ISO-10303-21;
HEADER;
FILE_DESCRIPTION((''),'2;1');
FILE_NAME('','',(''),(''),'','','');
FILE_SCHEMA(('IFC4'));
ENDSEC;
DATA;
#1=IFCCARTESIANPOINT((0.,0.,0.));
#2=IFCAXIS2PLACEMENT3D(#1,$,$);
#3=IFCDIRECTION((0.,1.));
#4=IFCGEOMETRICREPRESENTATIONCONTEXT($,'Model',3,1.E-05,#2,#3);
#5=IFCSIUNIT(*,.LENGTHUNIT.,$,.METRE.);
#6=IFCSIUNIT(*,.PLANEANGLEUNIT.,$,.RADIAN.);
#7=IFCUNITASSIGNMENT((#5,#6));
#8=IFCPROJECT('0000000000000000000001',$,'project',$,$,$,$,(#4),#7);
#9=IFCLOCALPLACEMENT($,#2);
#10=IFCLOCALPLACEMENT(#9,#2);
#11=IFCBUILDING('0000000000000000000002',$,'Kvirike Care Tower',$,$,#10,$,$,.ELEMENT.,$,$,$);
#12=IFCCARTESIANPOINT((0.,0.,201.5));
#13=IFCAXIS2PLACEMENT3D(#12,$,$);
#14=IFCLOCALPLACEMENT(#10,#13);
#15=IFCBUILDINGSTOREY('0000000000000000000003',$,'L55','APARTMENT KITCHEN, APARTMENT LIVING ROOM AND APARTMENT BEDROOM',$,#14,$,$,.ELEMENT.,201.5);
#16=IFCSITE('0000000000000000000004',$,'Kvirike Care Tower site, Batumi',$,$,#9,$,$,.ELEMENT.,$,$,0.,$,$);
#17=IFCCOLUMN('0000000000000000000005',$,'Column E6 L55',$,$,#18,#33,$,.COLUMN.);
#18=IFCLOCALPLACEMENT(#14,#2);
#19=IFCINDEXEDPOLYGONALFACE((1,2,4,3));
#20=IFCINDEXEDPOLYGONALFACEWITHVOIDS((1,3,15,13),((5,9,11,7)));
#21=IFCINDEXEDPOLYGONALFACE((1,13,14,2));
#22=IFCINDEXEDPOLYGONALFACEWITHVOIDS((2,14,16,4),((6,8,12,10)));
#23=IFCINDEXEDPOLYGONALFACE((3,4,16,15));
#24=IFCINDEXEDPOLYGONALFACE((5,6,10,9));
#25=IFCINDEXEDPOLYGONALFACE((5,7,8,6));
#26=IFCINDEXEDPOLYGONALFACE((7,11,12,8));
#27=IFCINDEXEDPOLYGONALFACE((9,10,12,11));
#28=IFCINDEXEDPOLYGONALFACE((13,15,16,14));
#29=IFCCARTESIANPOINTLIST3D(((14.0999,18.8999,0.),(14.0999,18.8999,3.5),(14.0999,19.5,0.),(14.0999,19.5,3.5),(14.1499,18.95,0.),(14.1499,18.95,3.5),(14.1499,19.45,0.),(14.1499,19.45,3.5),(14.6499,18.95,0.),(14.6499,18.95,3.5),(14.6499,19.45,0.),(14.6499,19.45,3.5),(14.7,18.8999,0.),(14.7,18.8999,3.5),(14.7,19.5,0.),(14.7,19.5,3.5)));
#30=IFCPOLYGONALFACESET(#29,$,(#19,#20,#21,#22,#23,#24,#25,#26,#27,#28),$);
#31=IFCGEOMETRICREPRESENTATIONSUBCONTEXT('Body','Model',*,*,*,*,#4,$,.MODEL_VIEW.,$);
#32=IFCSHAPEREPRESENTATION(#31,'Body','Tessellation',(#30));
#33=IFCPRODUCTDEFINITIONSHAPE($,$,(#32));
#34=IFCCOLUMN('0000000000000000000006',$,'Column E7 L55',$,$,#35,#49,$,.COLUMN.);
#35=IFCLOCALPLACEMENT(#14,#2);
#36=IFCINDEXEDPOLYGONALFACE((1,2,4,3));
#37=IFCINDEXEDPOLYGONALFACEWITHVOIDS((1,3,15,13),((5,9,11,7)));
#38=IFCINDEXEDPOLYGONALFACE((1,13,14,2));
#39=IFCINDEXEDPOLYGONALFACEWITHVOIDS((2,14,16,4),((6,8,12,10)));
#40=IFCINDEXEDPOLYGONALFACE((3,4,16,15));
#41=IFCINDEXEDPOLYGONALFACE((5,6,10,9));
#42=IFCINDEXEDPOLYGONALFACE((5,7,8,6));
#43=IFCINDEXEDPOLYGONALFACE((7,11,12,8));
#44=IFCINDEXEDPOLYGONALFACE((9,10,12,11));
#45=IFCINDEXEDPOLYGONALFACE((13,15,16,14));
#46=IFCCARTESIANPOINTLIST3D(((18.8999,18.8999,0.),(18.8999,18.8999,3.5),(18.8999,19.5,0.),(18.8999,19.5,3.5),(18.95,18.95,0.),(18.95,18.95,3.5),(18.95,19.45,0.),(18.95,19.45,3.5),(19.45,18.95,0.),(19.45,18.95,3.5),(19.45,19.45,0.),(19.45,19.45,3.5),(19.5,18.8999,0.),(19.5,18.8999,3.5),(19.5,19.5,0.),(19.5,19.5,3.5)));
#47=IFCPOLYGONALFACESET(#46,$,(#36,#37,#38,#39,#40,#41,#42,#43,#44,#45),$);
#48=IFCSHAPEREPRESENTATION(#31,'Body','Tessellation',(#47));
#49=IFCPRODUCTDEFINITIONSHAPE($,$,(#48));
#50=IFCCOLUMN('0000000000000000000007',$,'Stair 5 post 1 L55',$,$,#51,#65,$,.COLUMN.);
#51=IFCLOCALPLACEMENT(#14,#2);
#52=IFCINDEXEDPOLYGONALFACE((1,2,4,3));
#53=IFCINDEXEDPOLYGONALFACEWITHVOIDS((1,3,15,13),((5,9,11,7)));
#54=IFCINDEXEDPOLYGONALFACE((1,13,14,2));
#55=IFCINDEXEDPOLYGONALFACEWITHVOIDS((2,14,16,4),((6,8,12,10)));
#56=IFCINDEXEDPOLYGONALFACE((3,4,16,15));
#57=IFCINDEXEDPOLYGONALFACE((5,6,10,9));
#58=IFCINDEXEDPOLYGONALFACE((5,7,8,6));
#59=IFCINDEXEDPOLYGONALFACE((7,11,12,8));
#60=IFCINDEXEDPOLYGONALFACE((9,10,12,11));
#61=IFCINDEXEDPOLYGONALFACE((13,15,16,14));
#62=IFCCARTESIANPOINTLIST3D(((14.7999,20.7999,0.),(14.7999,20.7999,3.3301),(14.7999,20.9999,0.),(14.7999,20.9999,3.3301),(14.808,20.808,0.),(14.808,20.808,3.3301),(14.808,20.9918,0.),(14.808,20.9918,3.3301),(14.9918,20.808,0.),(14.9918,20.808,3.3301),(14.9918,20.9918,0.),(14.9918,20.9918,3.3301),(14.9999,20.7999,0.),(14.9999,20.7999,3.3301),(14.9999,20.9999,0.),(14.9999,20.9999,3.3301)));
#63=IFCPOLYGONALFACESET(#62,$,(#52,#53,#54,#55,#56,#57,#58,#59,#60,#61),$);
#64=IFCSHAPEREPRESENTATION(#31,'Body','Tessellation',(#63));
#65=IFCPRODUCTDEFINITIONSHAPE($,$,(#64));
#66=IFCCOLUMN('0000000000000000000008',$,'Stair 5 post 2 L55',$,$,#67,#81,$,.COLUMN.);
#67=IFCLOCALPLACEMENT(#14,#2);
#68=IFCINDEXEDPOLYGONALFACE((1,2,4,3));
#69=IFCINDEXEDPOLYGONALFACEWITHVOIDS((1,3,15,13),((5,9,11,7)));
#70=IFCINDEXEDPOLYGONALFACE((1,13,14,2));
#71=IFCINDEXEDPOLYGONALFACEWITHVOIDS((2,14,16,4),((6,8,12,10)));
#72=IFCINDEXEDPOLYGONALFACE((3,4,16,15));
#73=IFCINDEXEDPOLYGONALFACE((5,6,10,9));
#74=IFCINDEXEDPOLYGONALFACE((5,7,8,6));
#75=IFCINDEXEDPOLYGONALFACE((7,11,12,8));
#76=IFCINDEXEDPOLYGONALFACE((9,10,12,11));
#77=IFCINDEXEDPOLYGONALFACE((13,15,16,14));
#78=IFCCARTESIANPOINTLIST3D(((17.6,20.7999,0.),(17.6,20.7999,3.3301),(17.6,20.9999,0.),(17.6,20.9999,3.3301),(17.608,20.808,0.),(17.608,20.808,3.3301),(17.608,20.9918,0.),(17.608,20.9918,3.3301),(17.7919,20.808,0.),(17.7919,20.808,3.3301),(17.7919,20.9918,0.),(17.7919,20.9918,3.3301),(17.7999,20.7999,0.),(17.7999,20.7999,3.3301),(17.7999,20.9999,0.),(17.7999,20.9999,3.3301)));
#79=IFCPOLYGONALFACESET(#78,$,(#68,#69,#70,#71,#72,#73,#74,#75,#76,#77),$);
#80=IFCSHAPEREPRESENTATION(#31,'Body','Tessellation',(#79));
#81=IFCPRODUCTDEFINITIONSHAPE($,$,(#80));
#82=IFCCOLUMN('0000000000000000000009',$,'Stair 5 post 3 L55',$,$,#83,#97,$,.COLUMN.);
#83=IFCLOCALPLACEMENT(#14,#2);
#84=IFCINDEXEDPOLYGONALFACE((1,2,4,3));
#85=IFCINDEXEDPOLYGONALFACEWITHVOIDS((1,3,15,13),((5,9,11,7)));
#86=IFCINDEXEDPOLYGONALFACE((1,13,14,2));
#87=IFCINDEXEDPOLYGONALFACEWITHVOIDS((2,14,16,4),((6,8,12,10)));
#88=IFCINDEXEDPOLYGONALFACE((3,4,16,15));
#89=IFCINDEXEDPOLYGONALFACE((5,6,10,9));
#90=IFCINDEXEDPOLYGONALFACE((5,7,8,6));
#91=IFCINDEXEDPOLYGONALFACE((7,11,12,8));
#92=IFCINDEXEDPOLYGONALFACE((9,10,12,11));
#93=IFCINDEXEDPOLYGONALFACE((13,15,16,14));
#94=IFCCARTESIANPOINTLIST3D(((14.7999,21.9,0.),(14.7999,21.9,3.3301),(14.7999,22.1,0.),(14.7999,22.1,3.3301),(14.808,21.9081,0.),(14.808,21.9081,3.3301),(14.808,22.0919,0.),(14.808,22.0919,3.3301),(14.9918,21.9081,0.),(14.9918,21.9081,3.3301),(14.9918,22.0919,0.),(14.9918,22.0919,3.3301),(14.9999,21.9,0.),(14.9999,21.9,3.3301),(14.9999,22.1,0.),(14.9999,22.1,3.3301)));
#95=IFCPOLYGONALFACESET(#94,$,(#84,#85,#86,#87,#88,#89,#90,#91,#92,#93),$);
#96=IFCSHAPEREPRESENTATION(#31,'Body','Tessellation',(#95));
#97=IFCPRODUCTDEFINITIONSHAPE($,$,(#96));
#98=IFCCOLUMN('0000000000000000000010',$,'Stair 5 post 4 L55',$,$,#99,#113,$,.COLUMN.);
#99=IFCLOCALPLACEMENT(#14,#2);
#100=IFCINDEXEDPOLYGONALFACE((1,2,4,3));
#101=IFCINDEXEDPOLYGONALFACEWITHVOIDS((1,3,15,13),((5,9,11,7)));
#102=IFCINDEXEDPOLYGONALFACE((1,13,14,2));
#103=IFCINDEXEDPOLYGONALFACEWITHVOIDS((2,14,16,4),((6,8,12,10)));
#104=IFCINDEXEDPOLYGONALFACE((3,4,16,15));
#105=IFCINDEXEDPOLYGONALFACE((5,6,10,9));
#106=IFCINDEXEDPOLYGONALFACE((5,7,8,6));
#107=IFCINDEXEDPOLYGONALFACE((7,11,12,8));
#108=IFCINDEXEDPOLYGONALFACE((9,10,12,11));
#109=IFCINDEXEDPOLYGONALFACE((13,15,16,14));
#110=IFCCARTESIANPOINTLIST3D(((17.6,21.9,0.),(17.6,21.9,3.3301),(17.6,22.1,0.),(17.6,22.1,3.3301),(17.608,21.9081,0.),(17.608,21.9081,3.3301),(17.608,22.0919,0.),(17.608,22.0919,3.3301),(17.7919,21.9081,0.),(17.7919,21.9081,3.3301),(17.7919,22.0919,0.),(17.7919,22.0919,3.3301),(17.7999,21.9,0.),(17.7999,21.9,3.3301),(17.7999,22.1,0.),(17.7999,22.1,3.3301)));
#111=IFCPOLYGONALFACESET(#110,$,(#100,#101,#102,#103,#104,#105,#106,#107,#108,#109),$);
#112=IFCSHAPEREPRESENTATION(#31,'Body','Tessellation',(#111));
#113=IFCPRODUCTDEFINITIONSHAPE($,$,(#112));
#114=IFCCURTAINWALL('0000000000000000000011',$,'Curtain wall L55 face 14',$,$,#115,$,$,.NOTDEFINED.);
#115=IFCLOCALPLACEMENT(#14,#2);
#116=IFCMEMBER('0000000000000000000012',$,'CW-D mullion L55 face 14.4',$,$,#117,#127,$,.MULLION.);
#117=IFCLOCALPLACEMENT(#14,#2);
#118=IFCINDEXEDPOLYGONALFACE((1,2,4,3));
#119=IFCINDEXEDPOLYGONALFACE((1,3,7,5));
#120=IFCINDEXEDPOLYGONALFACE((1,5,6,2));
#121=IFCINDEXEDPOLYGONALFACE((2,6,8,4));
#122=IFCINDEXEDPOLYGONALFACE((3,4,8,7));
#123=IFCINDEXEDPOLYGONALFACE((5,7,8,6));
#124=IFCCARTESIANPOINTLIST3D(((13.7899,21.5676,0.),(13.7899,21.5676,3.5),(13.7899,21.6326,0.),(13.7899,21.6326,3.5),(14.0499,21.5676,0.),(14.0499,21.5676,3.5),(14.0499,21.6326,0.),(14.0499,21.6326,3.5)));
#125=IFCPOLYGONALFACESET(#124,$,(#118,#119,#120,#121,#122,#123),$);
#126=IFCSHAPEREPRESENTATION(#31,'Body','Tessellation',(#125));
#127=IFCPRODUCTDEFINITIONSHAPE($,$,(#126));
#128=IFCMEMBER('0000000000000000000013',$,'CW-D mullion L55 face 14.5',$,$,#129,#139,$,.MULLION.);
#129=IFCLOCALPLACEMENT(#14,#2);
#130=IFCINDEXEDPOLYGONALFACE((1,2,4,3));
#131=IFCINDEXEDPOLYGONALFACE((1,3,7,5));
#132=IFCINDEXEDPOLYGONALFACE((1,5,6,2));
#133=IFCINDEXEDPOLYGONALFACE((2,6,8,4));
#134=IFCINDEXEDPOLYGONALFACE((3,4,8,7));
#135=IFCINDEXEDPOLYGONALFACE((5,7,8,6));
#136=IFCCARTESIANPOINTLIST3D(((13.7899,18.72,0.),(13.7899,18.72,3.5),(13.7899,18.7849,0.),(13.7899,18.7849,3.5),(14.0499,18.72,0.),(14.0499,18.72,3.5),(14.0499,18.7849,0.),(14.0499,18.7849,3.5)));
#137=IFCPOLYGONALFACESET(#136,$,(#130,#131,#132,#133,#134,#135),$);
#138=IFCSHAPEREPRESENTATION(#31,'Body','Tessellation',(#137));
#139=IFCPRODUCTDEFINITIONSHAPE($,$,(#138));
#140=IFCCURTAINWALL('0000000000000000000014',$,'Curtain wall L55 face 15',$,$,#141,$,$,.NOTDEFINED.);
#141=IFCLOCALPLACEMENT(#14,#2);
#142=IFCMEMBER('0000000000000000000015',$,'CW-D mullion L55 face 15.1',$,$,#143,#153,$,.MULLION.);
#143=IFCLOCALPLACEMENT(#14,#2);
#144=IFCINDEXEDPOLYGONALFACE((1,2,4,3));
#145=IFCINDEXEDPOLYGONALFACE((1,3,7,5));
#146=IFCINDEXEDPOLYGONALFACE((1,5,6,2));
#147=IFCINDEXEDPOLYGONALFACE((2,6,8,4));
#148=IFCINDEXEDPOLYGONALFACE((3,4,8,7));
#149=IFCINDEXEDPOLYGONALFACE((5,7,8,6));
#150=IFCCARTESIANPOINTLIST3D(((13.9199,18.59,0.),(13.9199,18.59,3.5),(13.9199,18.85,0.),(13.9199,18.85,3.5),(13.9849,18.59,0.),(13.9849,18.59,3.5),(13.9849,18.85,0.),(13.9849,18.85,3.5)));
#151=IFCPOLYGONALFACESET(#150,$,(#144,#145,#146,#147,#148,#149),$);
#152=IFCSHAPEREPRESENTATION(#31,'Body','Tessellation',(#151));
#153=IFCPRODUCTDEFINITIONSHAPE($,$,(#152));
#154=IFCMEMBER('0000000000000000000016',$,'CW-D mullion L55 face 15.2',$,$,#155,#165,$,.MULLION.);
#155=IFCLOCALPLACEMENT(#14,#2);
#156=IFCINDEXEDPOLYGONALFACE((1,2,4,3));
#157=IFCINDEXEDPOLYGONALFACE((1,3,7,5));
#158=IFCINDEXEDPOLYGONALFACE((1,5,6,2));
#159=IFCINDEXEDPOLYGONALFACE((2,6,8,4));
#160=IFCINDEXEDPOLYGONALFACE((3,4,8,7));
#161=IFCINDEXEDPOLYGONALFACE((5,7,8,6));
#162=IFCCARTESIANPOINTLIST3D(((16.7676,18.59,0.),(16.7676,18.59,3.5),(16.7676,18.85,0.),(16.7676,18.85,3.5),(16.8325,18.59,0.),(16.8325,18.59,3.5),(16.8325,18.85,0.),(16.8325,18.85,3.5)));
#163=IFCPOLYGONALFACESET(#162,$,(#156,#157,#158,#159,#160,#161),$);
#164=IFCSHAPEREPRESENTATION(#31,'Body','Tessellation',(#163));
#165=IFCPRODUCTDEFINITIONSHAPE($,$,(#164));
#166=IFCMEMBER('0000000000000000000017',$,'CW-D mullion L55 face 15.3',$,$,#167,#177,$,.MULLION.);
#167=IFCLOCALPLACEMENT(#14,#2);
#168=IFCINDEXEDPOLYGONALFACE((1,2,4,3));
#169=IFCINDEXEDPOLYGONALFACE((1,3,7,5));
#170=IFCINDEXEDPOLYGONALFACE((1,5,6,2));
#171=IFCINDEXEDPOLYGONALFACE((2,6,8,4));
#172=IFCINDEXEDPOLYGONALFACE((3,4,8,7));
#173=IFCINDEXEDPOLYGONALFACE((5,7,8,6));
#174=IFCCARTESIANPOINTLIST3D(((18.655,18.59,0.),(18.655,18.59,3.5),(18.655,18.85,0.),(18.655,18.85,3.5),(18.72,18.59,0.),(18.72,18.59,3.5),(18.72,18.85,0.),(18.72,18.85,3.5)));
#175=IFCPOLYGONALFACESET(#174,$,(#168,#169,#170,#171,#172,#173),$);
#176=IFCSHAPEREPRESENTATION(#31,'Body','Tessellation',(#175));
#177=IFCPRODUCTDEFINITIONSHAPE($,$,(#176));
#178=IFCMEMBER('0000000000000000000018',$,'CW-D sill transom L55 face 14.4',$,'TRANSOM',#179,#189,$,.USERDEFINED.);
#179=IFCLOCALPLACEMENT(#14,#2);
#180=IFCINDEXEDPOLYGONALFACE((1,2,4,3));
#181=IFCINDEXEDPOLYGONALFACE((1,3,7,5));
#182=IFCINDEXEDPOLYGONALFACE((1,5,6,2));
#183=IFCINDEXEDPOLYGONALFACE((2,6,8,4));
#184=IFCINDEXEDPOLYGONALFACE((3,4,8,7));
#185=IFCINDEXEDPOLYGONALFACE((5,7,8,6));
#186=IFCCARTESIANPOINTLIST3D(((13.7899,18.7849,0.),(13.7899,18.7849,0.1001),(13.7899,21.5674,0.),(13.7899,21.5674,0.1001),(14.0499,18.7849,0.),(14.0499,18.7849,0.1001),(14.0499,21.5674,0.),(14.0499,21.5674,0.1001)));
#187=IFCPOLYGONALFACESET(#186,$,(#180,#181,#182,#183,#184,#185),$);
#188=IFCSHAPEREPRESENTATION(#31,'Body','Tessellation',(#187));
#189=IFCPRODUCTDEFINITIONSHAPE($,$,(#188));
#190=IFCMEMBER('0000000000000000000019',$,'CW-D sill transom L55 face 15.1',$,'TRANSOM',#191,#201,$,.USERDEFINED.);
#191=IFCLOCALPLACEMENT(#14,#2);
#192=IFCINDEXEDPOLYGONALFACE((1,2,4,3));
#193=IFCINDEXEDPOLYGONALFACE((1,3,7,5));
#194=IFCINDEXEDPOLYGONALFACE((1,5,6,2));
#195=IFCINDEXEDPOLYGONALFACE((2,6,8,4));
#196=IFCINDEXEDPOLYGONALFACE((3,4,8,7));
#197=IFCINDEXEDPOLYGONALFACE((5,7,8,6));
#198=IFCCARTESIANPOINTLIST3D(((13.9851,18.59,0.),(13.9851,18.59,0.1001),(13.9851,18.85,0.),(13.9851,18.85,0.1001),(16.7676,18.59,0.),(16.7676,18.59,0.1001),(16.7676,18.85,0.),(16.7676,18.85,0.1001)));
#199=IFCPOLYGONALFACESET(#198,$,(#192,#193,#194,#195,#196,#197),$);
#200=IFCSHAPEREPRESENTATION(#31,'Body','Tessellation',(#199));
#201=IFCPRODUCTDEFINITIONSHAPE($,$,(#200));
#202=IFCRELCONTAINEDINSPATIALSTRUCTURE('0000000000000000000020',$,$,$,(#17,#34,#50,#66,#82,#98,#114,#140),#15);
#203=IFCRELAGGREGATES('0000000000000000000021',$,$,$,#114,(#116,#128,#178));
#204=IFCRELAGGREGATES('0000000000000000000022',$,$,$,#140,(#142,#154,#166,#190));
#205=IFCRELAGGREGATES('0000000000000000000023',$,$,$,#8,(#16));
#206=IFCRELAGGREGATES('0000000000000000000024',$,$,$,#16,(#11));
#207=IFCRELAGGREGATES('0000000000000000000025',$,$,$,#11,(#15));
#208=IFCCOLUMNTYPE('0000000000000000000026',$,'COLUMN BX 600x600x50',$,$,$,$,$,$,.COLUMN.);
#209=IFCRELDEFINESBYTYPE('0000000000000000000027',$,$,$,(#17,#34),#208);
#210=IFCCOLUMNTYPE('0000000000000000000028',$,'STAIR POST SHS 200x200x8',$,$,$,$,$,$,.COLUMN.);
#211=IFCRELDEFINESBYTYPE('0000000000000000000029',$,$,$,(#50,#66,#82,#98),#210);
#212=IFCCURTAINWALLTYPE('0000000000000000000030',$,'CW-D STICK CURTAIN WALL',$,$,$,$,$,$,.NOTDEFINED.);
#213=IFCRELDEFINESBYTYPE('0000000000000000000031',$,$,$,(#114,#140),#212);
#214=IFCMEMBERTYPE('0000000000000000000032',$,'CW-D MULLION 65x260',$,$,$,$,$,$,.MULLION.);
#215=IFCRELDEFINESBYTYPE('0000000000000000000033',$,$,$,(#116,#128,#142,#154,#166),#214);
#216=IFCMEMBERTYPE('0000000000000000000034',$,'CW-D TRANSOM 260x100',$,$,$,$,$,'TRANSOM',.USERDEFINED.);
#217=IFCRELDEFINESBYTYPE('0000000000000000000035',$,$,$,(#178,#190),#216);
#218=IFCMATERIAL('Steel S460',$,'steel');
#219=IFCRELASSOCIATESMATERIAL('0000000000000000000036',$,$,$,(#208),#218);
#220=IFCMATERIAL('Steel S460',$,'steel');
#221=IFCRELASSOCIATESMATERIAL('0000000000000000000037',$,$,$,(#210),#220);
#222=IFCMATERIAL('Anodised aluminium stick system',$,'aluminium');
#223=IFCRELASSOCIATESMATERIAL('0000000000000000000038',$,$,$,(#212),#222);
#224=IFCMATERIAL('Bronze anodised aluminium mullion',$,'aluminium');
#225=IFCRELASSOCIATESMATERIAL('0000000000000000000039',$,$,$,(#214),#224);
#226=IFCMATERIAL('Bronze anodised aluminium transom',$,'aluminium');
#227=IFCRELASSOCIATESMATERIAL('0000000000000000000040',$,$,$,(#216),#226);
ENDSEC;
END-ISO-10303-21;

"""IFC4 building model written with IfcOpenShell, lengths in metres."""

from ifc_helpers import new_model, si_unit, direction, frame, origin, origin_2d, place, context, subcontext, project, spatial, rectangle, hollow_rectangle, extrude, material, material_profile, profile_set, type_object, element, aggregate, save


model = new_model("IFC4")

# Units and contexts
model_context = context("Model", 3, precision=1e-05, world=origin(), true_north=direction((0.0, 1.0)))
body_context = subcontext(model_context, "Body", "Model", "MODEL_VIEW")
ifc_project = project(units=[si_unit("LENGTHUNIT", "METRE"), si_unit("PLANEANGLEUNIT", "RADIAN")], contexts=[model_context])

# Site, building, storey
site_placement = place(None, origin())
site = spatial("IfcSite", under=ifc_project, at=site_placement, Name="Kvirike Care Tower site, Batumi", CompositionType="ELEMENT", RefElevation=0.0)
building_placement = place(site_placement, origin())
building = spatial("IfcBuilding", under=site, at=building_placement, Name="Kvirike Care Tower", CompositionType="ELEMENT")
storey_placement = place(building_placement, frame((0.0, 0.0, 201.5)))
storey = spatial("IfcBuildingStorey", under=building, at=storey_placement, Name="L55", Description="APARTMENT KITCHEN, APARTMENT LIVING ROOM AND APARTMENT BEDROOM", CompositionType="ELEMENT", Elevation=201.5)

# Columns
ifc_material_1 = material(Name="Steel S460", Category="steel")
ifc_material_profile_1 = material_profile(ifc_material_1, hollow_rectangle(XDim=0.6001, YDim=0.6001, WallThickness=0.05, at=origin_2d()), Name="BX 600x600x50")
ifc_profile_set_1 = profile_set([ifc_material_profile_1], Name="Steel S460")
column_type_1 = type_object("IfcColumnType", Name="COLUMN BX 600x600x50", PredefinedType="COLUMN", material=ifc_profile_set_1)
for number, where, z_axis, x_axis, name in (
    (1, (14.3999, 19.2, 0.0), (0.0, 0.0, 1.0), (0.0, 1.0, 0.0), "Column E6 L55"),
    (2, (19.2, 19.2, 0.0), (0.0, 0.0, 1.0), (0.0, 1.0, 0.0), "Column E7 L55"),
):
    element("IfcColumn", number, at=place(storey_placement, frame(where, z_axis=z_axis, x_axis=x_axis)), inside=storey, type_object=column_type_1, Name=name, PredefinedType="COLUMN", context=body_context, shape_type="SweptSolid", body=[
        extrude(hollow_rectangle(XDim=0.6001, YDim=0.6001, WallThickness=0.05, at=origin_2d()), origin(), (0.0, 0.0, 1.0), 3.5),
    ])
ifc_material_2 = material(Name="Steel S460", Category="steel")
ifc_material_profile_2 = material_profile(ifc_material_2, hollow_rectangle(XDim=0.2, YDim=0.2, WallThickness=0.0081, at=origin_2d()), Name="SHS 200x200x8")
ifc_profile_set_2 = profile_set([ifc_material_profile_2], Name="Steel S460")
column_type_2 = type_object("IfcColumnType", Name="STAIR POST SHS 200x200x8", PredefinedType="COLUMN", material=ifc_profile_set_2)
for number, where, z_axis, x_axis, name in (
    (3, (14.8999, 20.8999, 0.0), (0.0, 0.0, 1.0), (1.0, 0.0, 0.0), "Stair 5 post 1 L55"),
    (4, (17.7, 20.8999, 0.0), (0.0, 0.0, 1.0), (1.0, 0.0, 0.0), "Stair 5 post 2 L55"),
    (5, (14.8999, 22.0, 0.0), (0.0, 0.0, 1.0), (1.0, 0.0, 0.0), "Stair 5 post 3 L55"),
    (6, (17.7, 22.0, 0.0), (0.0, 0.0, 1.0), (1.0, 0.0, 0.0), "Stair 5 post 4 L55"),
):
    element("IfcColumn", number, at=place(storey_placement, frame(where, z_axis=z_axis, x_axis=x_axis)), inside=storey, type_object=column_type_2, Name=name, PredefinedType="COLUMN", context=body_context, shape_type="SweptSolid", body=[
        extrude(hollow_rectangle(XDim=0.2, YDim=0.2, WallThickness=0.0081, at=origin_2d()), origin(), (0.0, 0.0, 1.0), 3.3301),
    ])

# Curtain walls, members
ifc_material_3 = material(Name="Anodised aluminium stick system", Category="aluminium")
curtain_wall_type = type_object("IfcCurtainWallType", Name="CW-D STICK CURTAIN WALL", PredefinedType="NOTDEFINED", material=ifc_material_3)
curtain_wall_1_placement = place(storey_placement, origin())
curtain_wall_1 = element("IfcCurtainWall", 7, at=curtain_wall_1_placement, inside=storey, type_object=curtain_wall_type, Name="Curtain wall L55 face 14", PredefinedType="NOTDEFINED")
ifc_material_4 = material(Name="Bronze anodised aluminium mullion", Category="aluminium")
ifc_material_profile_3 = material_profile(ifc_material_4, rectangle(XDim=0.0649, YDim=0.26, at=origin_2d()), Name="CW-D MULLION 65x260")
ifc_profile_set_3 = profile_set([ifc_material_profile_3], Name="Bronze anodised aluminium mullion")
member_type_1 = type_object("IfcMemberType", Name="CW-D MULLION 65x260", PredefinedType="MULLION", material=ifc_profile_set_3)
member_1_placement = place(storey_placement, frame((13.9199, 21.6001, 0.0), z_axis=(0.0, 0.0, 1.0), x_axis=(0.0, -1.0, 0.0)))
member_1 = element("IfcMember", 8, at=member_1_placement, type_object=member_type_1, Name="CW-D mullion L55 face 14.4", PredefinedType="MULLION", context=body_context, shape_type="SweptSolid", body=[
    extrude(rectangle(XDim=0.0649, YDim=0.26, at=origin_2d()), origin(), (0.0, 0.0, 1.0), 3.5),
])
member_2_placement = place(storey_placement, frame((13.9199, 18.7524, 0.0), z_axis=(0.0, 0.0, 1.0), x_axis=(0.0, -1.0, 0.0)))
member_2 = element("IfcMember", 9, at=member_2_placement, type_object=member_type_1, Name="CW-D mullion L55 face 14.5", PredefinedType="MULLION", context=body_context, shape_type="SweptSolid", body=[
    extrude(rectangle(XDim=0.0649, YDim=0.26, at=origin_2d()), origin(), (0.0, 0.0, 1.0), 3.5),
])
curtain_wall_2_placement = place(storey_placement, origin())
curtain_wall_2 = element("IfcCurtainWall", 10, at=curtain_wall_2_placement, inside=storey, type_object=curtain_wall_type, Name="Curtain wall L55 face 15", PredefinedType="NOTDEFINED")
member_3_placement = place(storey_placement, frame((13.9524, 18.72, 0.0), z_axis=(0.0, 0.0, 1.0), x_axis=(1.0, 0.0, 0.0)))
member_3 = element("IfcMember", 11, at=member_3_placement, type_object=member_type_1, Name="CW-D mullion L55 face 15.1", PredefinedType="MULLION", context=body_context, shape_type="SweptSolid", body=[
    extrude(rectangle(XDim=0.0649, YDim=0.26, at=origin_2d()), origin(), (0.0, 0.0, 1.0), 3.5),
])
member_4_placement = place(storey_placement, frame((16.8, 18.72, 0.0), z_axis=(0.0, 0.0, 1.0), x_axis=(1.0, 0.0, 0.0)))
member_4 = element("IfcMember", 12, at=member_4_placement, type_object=member_type_1, Name="CW-D mullion L55 face 15.2", PredefinedType="MULLION", context=body_context, shape_type="SweptSolid", body=[
    extrude(rectangle(XDim=0.0649, YDim=0.26, at=origin_2d()), origin(), (0.0, 0.0, 1.0), 3.5),
])
member_5_placement = place(storey_placement, frame((18.6875, 18.72, 0.0), z_axis=(0.0, 0.0, 1.0), x_axis=(1.0, 0.0, 0.0)))
member_5 = element("IfcMember", 13, at=member_5_placement, type_object=member_type_1, Name="CW-D mullion L55 face 15.3", PredefinedType="MULLION", context=body_context, shape_type="SweptSolid", body=[
    extrude(rectangle(XDim=0.0649, YDim=0.26, at=origin_2d()), origin(), (0.0, 0.0, 1.0), 3.5),
])

# Members
ifc_material_5 = material(Name="Bronze anodised aluminium transom", Category="aluminium")
ifc_material_profile_4 = material_profile(ifc_material_5, rectangle(XDim=0.26, YDim=0.1001, at=origin_2d()), Name="CW-D TRANSOM 260x100")
ifc_profile_set_4 = profile_set([ifc_material_profile_4], Name="Bronze anodised aluminium transom")
member_type_2 = type_object("IfcMemberType", Name="CW-D TRANSOM 260x100", ElementType="TRANSOM", PredefinedType="USERDEFINED", material=ifc_profile_set_4)
member_6_placement = place(storey_placement, frame((13.9199, 21.5674, 0.05), z_axis=(0.0, -1.0, 0.0), x_axis=(1.0, 0.0, 0.0)))
member_6 = element("IfcMember", 14, at=member_6_placement, type_object=member_type_2, Name="CW-D sill transom L55 face 14.4", ObjectType="TRANSOM", PredefinedType="USERDEFINED", context=body_context, shape_type="SweptSolid", body=[
    extrude(rectangle(XDim=0.26, YDim=0.1001, at=origin_2d()), origin(), (0.0, 0.0, 1.0), 2.7825),
])
member_7_placement = place(storey_placement, frame((13.9851, 18.72, 0.05), z_axis=(1.0, 0.0, 0.0), x_axis=(0.0, 1.0, 0.0)))
member_7 = element("IfcMember", 15, at=member_7_placement, type_object=member_type_2, Name="CW-D sill transom L55 face 15.1", ObjectType="TRANSOM", PredefinedType="USERDEFINED", context=body_context, shape_type="SweptSolid", body=[
    extrude(rectangle(XDim=0.26, YDim=0.1001, at=origin_2d()), origin(), (0.0, 0.0, 1.0), 2.7825),
])

aggregate(curtain_wall_1, [member_1, member_2, member_6])
aggregate(curtain_wall_2, [member_3, member_4, member_5, member_7])

save(model, "model.ifc")
